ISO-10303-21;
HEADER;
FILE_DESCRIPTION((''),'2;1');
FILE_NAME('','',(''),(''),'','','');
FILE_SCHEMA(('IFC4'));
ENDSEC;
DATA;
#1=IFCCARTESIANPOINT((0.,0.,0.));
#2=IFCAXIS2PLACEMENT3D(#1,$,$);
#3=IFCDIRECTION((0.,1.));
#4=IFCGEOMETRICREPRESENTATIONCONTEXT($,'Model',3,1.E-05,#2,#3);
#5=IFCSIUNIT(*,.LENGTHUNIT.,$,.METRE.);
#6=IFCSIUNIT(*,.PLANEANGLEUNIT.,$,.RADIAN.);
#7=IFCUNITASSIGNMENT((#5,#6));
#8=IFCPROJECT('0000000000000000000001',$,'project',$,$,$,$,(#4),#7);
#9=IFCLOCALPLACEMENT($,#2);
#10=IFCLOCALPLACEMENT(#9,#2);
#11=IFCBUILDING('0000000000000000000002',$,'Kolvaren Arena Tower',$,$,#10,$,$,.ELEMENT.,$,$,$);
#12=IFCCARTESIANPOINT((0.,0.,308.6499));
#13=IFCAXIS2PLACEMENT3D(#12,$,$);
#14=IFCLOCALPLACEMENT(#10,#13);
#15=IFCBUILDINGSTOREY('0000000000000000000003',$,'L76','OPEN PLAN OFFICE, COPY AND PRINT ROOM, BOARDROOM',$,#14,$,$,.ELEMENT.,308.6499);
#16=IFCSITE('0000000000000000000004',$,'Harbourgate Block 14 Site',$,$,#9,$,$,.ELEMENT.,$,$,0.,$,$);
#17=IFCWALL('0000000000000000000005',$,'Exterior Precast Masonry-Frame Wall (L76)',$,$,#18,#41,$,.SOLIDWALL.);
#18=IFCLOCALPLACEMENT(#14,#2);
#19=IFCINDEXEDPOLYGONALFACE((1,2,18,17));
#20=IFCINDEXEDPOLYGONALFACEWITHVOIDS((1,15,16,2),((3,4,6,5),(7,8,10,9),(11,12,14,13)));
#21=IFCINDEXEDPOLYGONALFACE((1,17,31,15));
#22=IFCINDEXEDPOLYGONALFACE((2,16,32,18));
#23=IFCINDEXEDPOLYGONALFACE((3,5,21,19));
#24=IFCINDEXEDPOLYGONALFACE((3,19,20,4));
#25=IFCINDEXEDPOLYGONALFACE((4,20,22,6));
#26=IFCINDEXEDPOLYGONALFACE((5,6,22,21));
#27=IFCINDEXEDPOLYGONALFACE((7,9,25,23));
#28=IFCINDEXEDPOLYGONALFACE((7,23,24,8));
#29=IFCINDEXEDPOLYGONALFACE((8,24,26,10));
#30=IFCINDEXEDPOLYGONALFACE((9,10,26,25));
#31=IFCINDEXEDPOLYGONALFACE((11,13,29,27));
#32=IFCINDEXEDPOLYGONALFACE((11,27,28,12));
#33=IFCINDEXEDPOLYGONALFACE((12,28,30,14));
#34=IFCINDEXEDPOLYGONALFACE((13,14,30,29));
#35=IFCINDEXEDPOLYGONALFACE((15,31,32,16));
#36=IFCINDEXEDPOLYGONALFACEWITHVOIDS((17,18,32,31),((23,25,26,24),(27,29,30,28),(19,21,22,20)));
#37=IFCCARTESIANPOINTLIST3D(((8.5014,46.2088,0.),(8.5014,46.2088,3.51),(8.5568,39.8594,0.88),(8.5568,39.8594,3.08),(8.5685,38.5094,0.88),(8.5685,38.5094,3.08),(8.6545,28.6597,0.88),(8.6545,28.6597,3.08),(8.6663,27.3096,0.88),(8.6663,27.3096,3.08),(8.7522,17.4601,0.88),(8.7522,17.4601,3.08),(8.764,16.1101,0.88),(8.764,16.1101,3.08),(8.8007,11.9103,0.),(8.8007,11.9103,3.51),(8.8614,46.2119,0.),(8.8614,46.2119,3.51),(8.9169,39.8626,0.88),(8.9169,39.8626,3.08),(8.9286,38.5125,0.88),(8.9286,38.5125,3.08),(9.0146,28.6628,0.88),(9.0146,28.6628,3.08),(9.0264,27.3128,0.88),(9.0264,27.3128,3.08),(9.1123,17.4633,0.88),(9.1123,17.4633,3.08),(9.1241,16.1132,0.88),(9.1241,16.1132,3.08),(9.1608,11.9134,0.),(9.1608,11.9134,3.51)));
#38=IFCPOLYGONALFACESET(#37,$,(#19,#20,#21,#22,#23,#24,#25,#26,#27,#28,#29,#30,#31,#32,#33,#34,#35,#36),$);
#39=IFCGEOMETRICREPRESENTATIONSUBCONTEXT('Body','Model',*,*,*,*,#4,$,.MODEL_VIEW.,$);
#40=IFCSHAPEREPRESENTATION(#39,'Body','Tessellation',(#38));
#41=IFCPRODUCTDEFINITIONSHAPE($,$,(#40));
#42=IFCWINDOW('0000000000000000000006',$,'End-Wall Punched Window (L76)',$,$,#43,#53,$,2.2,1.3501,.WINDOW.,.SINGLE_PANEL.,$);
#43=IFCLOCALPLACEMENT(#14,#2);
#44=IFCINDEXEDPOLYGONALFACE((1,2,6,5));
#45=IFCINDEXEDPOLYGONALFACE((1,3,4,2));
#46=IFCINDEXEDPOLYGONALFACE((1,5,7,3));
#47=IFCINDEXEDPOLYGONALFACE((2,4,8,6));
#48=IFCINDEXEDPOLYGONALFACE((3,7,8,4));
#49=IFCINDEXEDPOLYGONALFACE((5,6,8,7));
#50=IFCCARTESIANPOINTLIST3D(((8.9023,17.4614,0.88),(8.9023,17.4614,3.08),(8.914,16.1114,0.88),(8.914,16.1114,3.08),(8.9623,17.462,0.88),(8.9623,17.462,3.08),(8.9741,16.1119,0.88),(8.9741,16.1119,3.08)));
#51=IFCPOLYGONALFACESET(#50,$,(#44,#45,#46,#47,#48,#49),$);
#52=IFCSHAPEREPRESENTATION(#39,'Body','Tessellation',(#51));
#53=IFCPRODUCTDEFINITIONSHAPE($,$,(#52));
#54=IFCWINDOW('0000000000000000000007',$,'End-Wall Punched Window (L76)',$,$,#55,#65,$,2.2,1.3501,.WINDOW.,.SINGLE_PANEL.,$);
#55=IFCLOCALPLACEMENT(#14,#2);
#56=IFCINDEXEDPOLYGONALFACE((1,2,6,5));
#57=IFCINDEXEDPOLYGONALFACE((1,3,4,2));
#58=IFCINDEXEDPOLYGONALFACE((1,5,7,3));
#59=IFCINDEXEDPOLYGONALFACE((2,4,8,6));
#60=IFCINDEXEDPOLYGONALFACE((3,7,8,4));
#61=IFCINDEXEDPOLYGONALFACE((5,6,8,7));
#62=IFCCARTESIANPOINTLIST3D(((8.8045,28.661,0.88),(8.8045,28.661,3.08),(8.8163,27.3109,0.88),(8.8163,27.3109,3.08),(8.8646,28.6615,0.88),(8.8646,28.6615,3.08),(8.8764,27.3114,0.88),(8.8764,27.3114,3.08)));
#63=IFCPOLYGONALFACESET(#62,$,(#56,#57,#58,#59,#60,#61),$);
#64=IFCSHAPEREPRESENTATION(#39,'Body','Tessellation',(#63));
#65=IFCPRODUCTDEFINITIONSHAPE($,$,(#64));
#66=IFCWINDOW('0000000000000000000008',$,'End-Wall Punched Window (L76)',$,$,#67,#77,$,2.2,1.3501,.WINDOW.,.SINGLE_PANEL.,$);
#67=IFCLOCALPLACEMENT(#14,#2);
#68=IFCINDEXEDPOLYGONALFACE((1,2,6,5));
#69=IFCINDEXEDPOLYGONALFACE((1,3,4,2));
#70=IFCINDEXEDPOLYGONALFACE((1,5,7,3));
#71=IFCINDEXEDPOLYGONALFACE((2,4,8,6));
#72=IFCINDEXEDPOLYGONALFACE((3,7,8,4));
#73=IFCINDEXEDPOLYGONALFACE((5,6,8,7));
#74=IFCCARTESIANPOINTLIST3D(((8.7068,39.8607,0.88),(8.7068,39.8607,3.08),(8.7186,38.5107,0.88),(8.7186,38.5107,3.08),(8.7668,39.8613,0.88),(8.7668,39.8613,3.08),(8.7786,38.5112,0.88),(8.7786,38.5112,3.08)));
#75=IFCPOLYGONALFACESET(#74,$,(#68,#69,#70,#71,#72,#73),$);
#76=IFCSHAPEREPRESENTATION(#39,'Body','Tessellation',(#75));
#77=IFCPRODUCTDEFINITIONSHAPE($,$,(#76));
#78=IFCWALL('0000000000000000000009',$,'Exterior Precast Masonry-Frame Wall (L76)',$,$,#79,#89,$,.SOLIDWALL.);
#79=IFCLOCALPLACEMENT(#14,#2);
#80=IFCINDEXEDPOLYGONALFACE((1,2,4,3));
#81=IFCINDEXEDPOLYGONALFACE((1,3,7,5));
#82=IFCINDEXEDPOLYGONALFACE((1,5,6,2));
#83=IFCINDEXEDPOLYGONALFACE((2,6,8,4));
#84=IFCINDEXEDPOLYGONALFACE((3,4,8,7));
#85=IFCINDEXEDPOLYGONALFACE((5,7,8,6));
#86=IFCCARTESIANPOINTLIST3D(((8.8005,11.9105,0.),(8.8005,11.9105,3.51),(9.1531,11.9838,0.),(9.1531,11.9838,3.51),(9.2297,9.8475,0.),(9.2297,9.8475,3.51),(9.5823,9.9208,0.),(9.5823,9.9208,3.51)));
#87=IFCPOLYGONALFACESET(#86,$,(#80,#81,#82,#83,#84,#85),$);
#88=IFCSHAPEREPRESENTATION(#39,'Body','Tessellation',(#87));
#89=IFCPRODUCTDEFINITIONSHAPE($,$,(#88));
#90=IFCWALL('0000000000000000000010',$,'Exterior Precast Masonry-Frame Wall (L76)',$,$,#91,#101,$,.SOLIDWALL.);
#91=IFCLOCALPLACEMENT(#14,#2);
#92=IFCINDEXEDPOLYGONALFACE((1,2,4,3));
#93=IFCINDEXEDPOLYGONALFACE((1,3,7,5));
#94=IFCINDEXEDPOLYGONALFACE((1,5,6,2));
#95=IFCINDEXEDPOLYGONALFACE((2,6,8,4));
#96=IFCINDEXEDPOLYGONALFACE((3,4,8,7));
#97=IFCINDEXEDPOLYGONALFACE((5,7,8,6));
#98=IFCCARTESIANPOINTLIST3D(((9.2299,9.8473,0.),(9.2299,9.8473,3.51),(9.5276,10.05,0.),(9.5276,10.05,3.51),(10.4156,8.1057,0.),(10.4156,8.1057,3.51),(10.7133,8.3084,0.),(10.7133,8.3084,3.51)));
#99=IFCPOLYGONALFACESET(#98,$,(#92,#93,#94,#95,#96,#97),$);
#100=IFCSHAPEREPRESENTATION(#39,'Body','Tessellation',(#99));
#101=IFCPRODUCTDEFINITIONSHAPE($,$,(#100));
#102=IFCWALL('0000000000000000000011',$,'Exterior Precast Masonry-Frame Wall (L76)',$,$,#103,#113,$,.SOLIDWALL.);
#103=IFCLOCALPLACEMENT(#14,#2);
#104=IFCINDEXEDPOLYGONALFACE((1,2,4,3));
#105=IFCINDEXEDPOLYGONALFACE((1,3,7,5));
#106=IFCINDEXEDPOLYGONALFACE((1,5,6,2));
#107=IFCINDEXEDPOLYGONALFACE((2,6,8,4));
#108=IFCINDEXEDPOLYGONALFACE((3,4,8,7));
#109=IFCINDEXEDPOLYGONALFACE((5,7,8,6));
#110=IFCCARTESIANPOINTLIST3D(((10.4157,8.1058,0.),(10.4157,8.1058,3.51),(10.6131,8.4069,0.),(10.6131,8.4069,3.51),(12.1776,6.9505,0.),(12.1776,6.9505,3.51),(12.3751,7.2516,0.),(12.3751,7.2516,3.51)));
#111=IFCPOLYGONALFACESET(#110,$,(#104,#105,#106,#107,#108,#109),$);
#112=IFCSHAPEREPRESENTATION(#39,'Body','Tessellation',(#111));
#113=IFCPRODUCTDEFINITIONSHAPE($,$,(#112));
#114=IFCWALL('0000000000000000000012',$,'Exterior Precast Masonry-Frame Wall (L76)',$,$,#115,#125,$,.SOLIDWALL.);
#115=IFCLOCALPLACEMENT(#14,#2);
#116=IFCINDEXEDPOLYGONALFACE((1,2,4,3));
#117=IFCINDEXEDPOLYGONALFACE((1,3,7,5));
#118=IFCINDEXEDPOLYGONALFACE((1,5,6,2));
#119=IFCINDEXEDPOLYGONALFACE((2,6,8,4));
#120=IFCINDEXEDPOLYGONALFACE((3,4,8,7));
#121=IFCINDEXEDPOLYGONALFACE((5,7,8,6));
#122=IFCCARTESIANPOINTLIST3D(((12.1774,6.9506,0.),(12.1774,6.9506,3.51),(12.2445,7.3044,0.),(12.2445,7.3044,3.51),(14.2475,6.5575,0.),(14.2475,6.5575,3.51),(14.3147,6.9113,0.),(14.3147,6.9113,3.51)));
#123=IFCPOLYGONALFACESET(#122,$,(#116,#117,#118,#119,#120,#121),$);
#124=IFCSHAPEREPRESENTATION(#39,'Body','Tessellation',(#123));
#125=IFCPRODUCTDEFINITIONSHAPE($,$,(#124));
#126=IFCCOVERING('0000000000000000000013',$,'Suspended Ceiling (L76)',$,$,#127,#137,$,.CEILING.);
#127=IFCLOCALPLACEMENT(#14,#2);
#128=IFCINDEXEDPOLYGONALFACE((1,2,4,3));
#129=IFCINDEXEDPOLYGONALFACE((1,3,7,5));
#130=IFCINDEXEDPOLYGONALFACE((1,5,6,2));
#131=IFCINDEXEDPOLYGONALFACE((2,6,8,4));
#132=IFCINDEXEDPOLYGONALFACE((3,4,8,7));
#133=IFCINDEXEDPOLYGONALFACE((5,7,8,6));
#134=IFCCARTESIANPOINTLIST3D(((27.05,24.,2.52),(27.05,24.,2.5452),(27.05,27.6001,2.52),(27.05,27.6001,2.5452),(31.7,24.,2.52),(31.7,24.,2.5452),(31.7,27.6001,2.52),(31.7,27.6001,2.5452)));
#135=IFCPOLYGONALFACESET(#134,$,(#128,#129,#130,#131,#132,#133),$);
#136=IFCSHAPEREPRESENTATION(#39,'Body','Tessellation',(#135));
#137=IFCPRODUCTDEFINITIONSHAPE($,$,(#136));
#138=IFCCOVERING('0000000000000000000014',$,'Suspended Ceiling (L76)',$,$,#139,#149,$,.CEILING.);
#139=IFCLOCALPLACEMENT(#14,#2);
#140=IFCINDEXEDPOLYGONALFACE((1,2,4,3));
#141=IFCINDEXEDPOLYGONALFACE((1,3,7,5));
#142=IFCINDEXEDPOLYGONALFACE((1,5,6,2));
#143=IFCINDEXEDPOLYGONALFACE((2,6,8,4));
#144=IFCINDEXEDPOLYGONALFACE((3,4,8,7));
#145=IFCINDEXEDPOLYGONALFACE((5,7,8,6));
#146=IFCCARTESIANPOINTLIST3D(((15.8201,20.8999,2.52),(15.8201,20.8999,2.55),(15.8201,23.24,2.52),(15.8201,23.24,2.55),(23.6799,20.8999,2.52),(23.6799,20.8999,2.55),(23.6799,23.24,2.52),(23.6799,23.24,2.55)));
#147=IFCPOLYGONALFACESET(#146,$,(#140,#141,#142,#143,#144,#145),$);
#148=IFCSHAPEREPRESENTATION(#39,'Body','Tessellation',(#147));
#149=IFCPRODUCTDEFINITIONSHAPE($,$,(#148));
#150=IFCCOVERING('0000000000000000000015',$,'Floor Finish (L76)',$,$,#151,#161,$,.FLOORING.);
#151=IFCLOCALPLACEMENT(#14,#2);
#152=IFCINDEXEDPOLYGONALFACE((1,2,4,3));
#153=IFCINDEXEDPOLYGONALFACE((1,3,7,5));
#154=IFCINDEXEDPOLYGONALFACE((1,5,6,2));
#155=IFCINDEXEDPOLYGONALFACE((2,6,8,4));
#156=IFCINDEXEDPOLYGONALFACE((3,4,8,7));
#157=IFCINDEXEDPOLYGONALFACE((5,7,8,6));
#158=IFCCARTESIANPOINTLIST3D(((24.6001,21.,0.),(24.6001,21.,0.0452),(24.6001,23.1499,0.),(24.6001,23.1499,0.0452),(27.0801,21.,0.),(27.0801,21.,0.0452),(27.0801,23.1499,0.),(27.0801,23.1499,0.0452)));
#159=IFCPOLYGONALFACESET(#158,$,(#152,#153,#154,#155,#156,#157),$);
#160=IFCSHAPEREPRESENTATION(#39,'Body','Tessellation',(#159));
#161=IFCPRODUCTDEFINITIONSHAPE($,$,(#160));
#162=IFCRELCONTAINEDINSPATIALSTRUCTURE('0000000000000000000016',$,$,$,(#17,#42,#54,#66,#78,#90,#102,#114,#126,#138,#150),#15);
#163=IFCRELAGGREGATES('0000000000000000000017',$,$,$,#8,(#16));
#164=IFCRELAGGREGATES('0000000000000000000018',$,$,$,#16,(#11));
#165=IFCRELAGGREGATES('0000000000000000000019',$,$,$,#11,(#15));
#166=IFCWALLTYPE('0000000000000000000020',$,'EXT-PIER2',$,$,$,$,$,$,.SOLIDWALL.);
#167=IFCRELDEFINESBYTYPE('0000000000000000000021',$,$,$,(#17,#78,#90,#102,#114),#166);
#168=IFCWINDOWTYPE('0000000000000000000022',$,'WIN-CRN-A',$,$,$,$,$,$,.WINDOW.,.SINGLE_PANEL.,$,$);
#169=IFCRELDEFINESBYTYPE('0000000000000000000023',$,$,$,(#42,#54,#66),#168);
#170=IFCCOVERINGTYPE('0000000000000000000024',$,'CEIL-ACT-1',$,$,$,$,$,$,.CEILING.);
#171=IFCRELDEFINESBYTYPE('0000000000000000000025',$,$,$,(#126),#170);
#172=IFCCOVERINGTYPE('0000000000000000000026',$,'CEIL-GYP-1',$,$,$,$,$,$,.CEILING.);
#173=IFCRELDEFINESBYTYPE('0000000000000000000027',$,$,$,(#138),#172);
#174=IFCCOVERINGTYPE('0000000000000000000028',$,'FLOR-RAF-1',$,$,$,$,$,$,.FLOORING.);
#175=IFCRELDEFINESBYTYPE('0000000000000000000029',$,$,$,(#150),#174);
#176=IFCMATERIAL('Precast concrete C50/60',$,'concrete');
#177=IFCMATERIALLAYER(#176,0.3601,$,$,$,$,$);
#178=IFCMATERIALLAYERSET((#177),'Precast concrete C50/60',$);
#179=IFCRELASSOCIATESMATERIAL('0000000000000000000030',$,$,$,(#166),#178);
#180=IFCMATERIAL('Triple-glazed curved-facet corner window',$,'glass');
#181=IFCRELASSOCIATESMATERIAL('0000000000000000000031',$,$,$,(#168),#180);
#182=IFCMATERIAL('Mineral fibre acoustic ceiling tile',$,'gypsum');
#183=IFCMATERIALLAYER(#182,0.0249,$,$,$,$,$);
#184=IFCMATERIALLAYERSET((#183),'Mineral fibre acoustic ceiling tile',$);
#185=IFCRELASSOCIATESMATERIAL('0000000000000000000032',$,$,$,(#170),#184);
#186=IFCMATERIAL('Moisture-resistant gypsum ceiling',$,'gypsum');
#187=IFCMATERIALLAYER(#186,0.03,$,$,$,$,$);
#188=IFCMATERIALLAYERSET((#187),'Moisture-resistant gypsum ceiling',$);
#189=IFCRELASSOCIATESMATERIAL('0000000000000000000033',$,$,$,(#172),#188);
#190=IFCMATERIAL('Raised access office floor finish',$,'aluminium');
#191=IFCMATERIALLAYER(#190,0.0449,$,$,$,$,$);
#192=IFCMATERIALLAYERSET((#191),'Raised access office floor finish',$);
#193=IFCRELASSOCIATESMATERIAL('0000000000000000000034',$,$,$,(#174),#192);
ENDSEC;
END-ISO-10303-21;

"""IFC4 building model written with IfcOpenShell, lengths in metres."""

from ifc_helpers import new_model, si_unit, direction, frame, frame_2d, origin, place, context, subcontext, project, spatial, polyline, rectangle, outline, extrude, material, layer, layer_set, type_object, element, fill, save


model = new_model("IFC4")

# Units and contexts
model_context = context("Model", 3, precision=1e-05, world=origin(), true_north=direction((0.0, 1.0)))
body_context = subcontext(model_context, "Body", "Model", "MODEL_VIEW")
ifc_project = project(units=[si_unit("LENGTHUNIT", "METRE"), si_unit("PLANEANGLEUNIT", "RADIAN")], contexts=[model_context])

# Site, building, storey
site_placement = place(None, origin())
site = spatial("IfcSite", under=ifc_project, at=site_placement, Name="Harbourgate Block 14 Site", CompositionType="ELEMENT", RefElevation=0.0)
building_placement = place(site_placement, origin())
building = spatial("IfcBuilding", under=site, at=building_placement, Name="Kolvaren Arena Tower", CompositionType="ELEMENT")
storey_placement = place(building_placement, frame((0.0, 0.0, 308.6499)))
storey = spatial("IfcBuildingStorey", under=building, at=storey_placement, Name="L76", Description="OPEN PLAN OFFICE, COPY AND PRINT ROOM, BOARDROOM", CompositionType="ELEMENT", Elevation=308.6499)

# Shared definitions
ifc_material_1 = material(Name="Precast concrete C50/60", Category="concrete")

# Wall, openings, windows
ifc_layer_1 = layer(ifc_material_1, 0.3601)
ifc_layer_set_1 = layer_set([ifc_layer_1], Name="Precast concrete C50/60")
wall_type = type_object("IfcWallType", Name="EXT-PIER2", PredefinedType="SOLIDWALL", material=ifc_layer_set_1)
wall_1_placement = place(storey_placement, frame((8.9807, 11.9119, 0.0), z_axis=(0.0, 0.0, 1.0), x_axis=(-0.008726, 0.999962, 0.0)))
wall_1 = element("IfcWall", 1, at=wall_1_placement, inside=storey, type_object=wall_type, Name="Exterior Precast Masonry-Frame Wall (L76)", PredefinedType="SOLIDWALL", context=body_context, shape_type="SweptSolid", body=[
    extrude(rectangle(XDim=34.2998, YDim=0.3601, at=frame_2d((17.1499, 0.0))), origin(), (0.0, 0.0, 1.0), 3.51),
])
opening_1_placement = place(wall_1_placement, frame((4.2, 0.0, 0.8799)))
opening_1 = element("IfcOpeningElement", 2, at=opening_1_placement, cuts=wall_1, PredefinedType="OPENING", context=body_context, shape_type="SweptSolid", body=[
    extrude(rectangle(XDim=1.3501, YDim=2.2, at=frame_2d((0.675, 1.1001))), frame((0.0, 0.1899, 0.0), z_axis=(0.0, -1.0, 0.0), x_axis=(1.0, 0.0, 0.0)), (0.0, 0.0, 1.0), 0.3801),
])
opening_2_placement = place(wall_1_placement, frame((15.3999, 0.0, 0.8799)))
opening_2 = element("IfcOpeningElement", 3, at=opening_2_placement, cuts=wall_1, PredefinedType="OPENING", context=body_context, shape_type="SweptSolid", body=[
    extrude(rectangle(XDim=1.3501, YDim=2.2, at=frame_2d((0.675, 1.1001))), frame((0.0, 0.1899, 0.0), z_axis=(0.0, -1.0, 0.0), x_axis=(1.0, 0.0, 0.0)), (0.0, 0.0, 1.0), 0.3801),
])
opening_3_placement = place(wall_1_placement, frame((26.6001, 0.0, 0.8799)))
opening_3 = element("IfcOpeningElement", 4, at=opening_3_placement, cuts=wall_1, PredefinedType="OPENING", context=body_context, shape_type="SweptSolid", body=[
    extrude(rectangle(XDim=1.3501, YDim=2.2, at=frame_2d((0.675, 1.1001))), frame((0.0, 0.1899, 0.0), z_axis=(0.0, -1.0, 0.0), x_axis=(1.0, 0.0, 0.0)), (0.0, 0.0, 1.0), 0.3801),
])
ifc_material_2 = material(Name="Triple-glazed curved-facet corner window", Category="glass")
window_type = type_object("IfcWindowType", Name="WIN-CRN-A", PartitioningType="SINGLE_PANEL", PredefinedType="WINDOW", material=ifc_material_2)
window_1_placement = place(opening_1_placement, origin())
window_1 = element("IfcWindow", 5, at=window_1_placement, inside=storey, type_object=window_type, Name="End-Wall Punched Window (L76)", OverallHeight=2.2, OverallWidth=1.3501, PartitioningType="SINGLE_PANEL", PredefinedType="WINDOW", context=body_context, shape_type="SweptSolid", body=[
    extrude(rectangle(XDim=1.3501, YDim=2.2, at=frame_2d((0.675, 1.1001))), frame((0.0, 0.03, 0.0), z_axis=(0.0, -1.0, 0.0), x_axis=(1.0, 0.0, 0.0)), (0.0, 0.0, 1.0), 0.0601),
])
fill(opening_1, window_1)
window_2_placement = place(opening_2_placement, origin())
window_2 = element("IfcWindow", 6, at=window_2_placement, inside=storey, type_object=window_type, Name="End-Wall Punched Window (L76)", OverallHeight=2.2, OverallWidth=1.3501, PartitioningType="SINGLE_PANEL", PredefinedType="WINDOW", context=body_context, shape_type="SweptSolid", body=[
    extrude(rectangle(XDim=1.3501, YDim=2.2, at=frame_2d((0.675, 1.1001))), frame((0.0, 0.03, 0.0), z_axis=(0.0, -1.0, 0.0), x_axis=(1.0, 0.0, 0.0)), (0.0, 0.0, 1.0), 0.0601),
])
fill(opening_2, window_2)
window_3_placement = place(opening_3_placement, origin())
window_3 = element("IfcWindow", 7, at=window_3_placement, inside=storey, type_object=window_type, Name="End-Wall Punched Window (L76)", OverallHeight=2.2, OverallWidth=1.3501, PartitioningType="SINGLE_PANEL", PredefinedType="WINDOW", context=body_context, shape_type="SweptSolid", body=[
    extrude(rectangle(XDim=1.3501, YDim=2.2, at=frame_2d((0.675, 1.1001))), frame((0.0, 0.03, 0.0), z_axis=(0.0, -1.0, 0.0), x_axis=(1.0, 0.0, 0.0)), (0.0, 0.0, 1.0), 0.0601),
])
fill(opening_3, window_3)

# Walls
wall_2_placement = place(storey_placement, frame((9.406, 9.884, 0.0), z_axis=(0.0, 0.0, 1.0), x_axis=(-0.203686, 0.979036, 0.0)))
element("IfcWall", 8, at=wall_2_placement, inside=storey, type_object=wall_type, Name="Exterior Precast Masonry-Frame Wall (L76)", PredefinedType="SOLIDWALL", context=body_context, shape_type="SweptSolid", body=[
    extrude(rectangle(XDim=2.1072, YDim=0.3601, at=frame_2d((1.0537, 0.0))), origin(), (0.0, 0.0, 1.0), 3.51),
])
for number, where, z_axis, x_axis, name in (
    (9, (10.5645, 8.207, 0.0), (0.0, 0.0, 1.0), (-0.562776, 0.82661, 0.0), "Exterior Precast Masonry-Frame Wall (L76)"),
    (10, (12.2764, 7.1011, 0.0), (0.0, 0.0, 1.0), (-0.836269, 0.54832, 0.0), "Exterior Precast Masonry-Frame Wall (L76)"),
):
    element("IfcWall", number, at=place(storey_placement, frame(where, z_axis=z_axis, x_axis=x_axis)), inside=storey, type_object=wall_type, Name=name, PredefinedType="SOLIDWALL", context=body_context, shape_type="SweptSolid", body=[
        extrude(rectangle(XDim=2.1069, YDim=0.3601, at=frame_2d((1.0535, 0.0))), origin(), (0.0, 0.0, 1.0), 3.51),
    ])
wall_3_placement = place(storey_placement, frame((14.2812, 6.7344, 0.0), z_axis=(0.0, 0.0, 1.0), x_axis=(-0.982446, 0.186548, 0.0)))
element("IfcWall", 11, at=wall_3_placement, inside=storey, type_object=wall_type, Name="Exterior Precast Masonry-Frame Wall (L76)", PredefinedType="SOLIDWALL", context=body_context, shape_type="SweptSolid", body=[
    extrude(rectangle(XDim=2.1072, YDim=0.3601, at=frame_2d((1.0537, 0.0))), origin(), (0.0, 0.0, 1.0), 3.51),
])

# Coverings
ifc_material_3 = material(Name="Mineral fibre acoustic ceiling tile", Category="gypsum")
ifc_layer_2 = layer(ifc_material_3, 0.0249)
ifc_layer_set_2 = layer_set([ifc_layer_2], Name="Mineral fibre acoustic ceiling tile")
covering_type_1 = type_object("IfcCoveringType", Name="CEIL-ACT-1", PredefinedType="CEILING", material=ifc_layer_set_2)
covering_1_placement = place(storey_placement, frame((0.0, 0.0, 2.52)))
element("IfcCovering", 12, at=covering_1_placement, inside=storey, type_object=covering_type_1, Name="Suspended Ceiling (L76)", PredefinedType="CEILING", context=body_context, shape_type="SweptSolid", body=[
    extrude(outline(polyline([(27.05, 24.0), (27.05, 27.6001), (31.7, 27.6001), (31.7, 24.0), (27.05, 24.0)])), origin(), (0.0, 0.0, 1.0), 0.0251),
])
ifc_material_4 = material(Name="Moisture-resistant gypsum ceiling", Category="gypsum")
ifc_layer_3 = layer(ifc_material_4, 0.03)
ifc_layer_set_3 = layer_set([ifc_layer_3], Name="Moisture-resistant gypsum ceiling")
covering_type_2 = type_object("IfcCoveringType", Name="CEIL-GYP-1", PredefinedType="CEILING", material=ifc_layer_set_3)
covering_2_placement = place(storey_placement, frame((0.0, 0.0, 2.52)))
element("IfcCovering", 13, at=covering_2_placement, inside=storey, type_object=covering_type_2, Name="Suspended Ceiling (L76)", PredefinedType="CEILING", context=body_context, shape_type="SweptSolid", body=[
    extrude(outline(polyline([(15.8201, 20.8999), (15.8201, 23.24), (23.6799, 23.24), (23.6799, 20.8999), (15.8201, 20.8999)])), origin(), (0.0, 0.0, 1.0), 0.03),
])
ifc_material_5 = material(Name="Raised access office floor finish", Category="aluminium")
ifc_layer_4 = layer(ifc_material_5, 0.0449)
ifc_layer_set_4 = layer_set([ifc_layer_4], Name="Raised access office floor finish")
covering_type_3 = type_object("IfcCoveringType", Name="FLOR-RAF-1", PredefinedType="FLOORING", material=ifc_layer_set_4)
covering_3_placement = place(storey_placement, origin())
element("IfcCovering", 14, at=covering_3_placement, inside=storey, type_object=covering_type_3, Name="Floor Finish (L76)", PredefinedType="FLOORING", context=body_context, shape_type="SweptSolid", body=[
    extrude(outline(polyline([(24.6001, 21.0), (24.6001, 23.1499), (27.0801, 23.1499), (27.0801, 21.0), (24.6001, 21.0)])), origin(), (0.0, 0.0, 1.0), 0.0452),
])

save(model, "model.ifc")
